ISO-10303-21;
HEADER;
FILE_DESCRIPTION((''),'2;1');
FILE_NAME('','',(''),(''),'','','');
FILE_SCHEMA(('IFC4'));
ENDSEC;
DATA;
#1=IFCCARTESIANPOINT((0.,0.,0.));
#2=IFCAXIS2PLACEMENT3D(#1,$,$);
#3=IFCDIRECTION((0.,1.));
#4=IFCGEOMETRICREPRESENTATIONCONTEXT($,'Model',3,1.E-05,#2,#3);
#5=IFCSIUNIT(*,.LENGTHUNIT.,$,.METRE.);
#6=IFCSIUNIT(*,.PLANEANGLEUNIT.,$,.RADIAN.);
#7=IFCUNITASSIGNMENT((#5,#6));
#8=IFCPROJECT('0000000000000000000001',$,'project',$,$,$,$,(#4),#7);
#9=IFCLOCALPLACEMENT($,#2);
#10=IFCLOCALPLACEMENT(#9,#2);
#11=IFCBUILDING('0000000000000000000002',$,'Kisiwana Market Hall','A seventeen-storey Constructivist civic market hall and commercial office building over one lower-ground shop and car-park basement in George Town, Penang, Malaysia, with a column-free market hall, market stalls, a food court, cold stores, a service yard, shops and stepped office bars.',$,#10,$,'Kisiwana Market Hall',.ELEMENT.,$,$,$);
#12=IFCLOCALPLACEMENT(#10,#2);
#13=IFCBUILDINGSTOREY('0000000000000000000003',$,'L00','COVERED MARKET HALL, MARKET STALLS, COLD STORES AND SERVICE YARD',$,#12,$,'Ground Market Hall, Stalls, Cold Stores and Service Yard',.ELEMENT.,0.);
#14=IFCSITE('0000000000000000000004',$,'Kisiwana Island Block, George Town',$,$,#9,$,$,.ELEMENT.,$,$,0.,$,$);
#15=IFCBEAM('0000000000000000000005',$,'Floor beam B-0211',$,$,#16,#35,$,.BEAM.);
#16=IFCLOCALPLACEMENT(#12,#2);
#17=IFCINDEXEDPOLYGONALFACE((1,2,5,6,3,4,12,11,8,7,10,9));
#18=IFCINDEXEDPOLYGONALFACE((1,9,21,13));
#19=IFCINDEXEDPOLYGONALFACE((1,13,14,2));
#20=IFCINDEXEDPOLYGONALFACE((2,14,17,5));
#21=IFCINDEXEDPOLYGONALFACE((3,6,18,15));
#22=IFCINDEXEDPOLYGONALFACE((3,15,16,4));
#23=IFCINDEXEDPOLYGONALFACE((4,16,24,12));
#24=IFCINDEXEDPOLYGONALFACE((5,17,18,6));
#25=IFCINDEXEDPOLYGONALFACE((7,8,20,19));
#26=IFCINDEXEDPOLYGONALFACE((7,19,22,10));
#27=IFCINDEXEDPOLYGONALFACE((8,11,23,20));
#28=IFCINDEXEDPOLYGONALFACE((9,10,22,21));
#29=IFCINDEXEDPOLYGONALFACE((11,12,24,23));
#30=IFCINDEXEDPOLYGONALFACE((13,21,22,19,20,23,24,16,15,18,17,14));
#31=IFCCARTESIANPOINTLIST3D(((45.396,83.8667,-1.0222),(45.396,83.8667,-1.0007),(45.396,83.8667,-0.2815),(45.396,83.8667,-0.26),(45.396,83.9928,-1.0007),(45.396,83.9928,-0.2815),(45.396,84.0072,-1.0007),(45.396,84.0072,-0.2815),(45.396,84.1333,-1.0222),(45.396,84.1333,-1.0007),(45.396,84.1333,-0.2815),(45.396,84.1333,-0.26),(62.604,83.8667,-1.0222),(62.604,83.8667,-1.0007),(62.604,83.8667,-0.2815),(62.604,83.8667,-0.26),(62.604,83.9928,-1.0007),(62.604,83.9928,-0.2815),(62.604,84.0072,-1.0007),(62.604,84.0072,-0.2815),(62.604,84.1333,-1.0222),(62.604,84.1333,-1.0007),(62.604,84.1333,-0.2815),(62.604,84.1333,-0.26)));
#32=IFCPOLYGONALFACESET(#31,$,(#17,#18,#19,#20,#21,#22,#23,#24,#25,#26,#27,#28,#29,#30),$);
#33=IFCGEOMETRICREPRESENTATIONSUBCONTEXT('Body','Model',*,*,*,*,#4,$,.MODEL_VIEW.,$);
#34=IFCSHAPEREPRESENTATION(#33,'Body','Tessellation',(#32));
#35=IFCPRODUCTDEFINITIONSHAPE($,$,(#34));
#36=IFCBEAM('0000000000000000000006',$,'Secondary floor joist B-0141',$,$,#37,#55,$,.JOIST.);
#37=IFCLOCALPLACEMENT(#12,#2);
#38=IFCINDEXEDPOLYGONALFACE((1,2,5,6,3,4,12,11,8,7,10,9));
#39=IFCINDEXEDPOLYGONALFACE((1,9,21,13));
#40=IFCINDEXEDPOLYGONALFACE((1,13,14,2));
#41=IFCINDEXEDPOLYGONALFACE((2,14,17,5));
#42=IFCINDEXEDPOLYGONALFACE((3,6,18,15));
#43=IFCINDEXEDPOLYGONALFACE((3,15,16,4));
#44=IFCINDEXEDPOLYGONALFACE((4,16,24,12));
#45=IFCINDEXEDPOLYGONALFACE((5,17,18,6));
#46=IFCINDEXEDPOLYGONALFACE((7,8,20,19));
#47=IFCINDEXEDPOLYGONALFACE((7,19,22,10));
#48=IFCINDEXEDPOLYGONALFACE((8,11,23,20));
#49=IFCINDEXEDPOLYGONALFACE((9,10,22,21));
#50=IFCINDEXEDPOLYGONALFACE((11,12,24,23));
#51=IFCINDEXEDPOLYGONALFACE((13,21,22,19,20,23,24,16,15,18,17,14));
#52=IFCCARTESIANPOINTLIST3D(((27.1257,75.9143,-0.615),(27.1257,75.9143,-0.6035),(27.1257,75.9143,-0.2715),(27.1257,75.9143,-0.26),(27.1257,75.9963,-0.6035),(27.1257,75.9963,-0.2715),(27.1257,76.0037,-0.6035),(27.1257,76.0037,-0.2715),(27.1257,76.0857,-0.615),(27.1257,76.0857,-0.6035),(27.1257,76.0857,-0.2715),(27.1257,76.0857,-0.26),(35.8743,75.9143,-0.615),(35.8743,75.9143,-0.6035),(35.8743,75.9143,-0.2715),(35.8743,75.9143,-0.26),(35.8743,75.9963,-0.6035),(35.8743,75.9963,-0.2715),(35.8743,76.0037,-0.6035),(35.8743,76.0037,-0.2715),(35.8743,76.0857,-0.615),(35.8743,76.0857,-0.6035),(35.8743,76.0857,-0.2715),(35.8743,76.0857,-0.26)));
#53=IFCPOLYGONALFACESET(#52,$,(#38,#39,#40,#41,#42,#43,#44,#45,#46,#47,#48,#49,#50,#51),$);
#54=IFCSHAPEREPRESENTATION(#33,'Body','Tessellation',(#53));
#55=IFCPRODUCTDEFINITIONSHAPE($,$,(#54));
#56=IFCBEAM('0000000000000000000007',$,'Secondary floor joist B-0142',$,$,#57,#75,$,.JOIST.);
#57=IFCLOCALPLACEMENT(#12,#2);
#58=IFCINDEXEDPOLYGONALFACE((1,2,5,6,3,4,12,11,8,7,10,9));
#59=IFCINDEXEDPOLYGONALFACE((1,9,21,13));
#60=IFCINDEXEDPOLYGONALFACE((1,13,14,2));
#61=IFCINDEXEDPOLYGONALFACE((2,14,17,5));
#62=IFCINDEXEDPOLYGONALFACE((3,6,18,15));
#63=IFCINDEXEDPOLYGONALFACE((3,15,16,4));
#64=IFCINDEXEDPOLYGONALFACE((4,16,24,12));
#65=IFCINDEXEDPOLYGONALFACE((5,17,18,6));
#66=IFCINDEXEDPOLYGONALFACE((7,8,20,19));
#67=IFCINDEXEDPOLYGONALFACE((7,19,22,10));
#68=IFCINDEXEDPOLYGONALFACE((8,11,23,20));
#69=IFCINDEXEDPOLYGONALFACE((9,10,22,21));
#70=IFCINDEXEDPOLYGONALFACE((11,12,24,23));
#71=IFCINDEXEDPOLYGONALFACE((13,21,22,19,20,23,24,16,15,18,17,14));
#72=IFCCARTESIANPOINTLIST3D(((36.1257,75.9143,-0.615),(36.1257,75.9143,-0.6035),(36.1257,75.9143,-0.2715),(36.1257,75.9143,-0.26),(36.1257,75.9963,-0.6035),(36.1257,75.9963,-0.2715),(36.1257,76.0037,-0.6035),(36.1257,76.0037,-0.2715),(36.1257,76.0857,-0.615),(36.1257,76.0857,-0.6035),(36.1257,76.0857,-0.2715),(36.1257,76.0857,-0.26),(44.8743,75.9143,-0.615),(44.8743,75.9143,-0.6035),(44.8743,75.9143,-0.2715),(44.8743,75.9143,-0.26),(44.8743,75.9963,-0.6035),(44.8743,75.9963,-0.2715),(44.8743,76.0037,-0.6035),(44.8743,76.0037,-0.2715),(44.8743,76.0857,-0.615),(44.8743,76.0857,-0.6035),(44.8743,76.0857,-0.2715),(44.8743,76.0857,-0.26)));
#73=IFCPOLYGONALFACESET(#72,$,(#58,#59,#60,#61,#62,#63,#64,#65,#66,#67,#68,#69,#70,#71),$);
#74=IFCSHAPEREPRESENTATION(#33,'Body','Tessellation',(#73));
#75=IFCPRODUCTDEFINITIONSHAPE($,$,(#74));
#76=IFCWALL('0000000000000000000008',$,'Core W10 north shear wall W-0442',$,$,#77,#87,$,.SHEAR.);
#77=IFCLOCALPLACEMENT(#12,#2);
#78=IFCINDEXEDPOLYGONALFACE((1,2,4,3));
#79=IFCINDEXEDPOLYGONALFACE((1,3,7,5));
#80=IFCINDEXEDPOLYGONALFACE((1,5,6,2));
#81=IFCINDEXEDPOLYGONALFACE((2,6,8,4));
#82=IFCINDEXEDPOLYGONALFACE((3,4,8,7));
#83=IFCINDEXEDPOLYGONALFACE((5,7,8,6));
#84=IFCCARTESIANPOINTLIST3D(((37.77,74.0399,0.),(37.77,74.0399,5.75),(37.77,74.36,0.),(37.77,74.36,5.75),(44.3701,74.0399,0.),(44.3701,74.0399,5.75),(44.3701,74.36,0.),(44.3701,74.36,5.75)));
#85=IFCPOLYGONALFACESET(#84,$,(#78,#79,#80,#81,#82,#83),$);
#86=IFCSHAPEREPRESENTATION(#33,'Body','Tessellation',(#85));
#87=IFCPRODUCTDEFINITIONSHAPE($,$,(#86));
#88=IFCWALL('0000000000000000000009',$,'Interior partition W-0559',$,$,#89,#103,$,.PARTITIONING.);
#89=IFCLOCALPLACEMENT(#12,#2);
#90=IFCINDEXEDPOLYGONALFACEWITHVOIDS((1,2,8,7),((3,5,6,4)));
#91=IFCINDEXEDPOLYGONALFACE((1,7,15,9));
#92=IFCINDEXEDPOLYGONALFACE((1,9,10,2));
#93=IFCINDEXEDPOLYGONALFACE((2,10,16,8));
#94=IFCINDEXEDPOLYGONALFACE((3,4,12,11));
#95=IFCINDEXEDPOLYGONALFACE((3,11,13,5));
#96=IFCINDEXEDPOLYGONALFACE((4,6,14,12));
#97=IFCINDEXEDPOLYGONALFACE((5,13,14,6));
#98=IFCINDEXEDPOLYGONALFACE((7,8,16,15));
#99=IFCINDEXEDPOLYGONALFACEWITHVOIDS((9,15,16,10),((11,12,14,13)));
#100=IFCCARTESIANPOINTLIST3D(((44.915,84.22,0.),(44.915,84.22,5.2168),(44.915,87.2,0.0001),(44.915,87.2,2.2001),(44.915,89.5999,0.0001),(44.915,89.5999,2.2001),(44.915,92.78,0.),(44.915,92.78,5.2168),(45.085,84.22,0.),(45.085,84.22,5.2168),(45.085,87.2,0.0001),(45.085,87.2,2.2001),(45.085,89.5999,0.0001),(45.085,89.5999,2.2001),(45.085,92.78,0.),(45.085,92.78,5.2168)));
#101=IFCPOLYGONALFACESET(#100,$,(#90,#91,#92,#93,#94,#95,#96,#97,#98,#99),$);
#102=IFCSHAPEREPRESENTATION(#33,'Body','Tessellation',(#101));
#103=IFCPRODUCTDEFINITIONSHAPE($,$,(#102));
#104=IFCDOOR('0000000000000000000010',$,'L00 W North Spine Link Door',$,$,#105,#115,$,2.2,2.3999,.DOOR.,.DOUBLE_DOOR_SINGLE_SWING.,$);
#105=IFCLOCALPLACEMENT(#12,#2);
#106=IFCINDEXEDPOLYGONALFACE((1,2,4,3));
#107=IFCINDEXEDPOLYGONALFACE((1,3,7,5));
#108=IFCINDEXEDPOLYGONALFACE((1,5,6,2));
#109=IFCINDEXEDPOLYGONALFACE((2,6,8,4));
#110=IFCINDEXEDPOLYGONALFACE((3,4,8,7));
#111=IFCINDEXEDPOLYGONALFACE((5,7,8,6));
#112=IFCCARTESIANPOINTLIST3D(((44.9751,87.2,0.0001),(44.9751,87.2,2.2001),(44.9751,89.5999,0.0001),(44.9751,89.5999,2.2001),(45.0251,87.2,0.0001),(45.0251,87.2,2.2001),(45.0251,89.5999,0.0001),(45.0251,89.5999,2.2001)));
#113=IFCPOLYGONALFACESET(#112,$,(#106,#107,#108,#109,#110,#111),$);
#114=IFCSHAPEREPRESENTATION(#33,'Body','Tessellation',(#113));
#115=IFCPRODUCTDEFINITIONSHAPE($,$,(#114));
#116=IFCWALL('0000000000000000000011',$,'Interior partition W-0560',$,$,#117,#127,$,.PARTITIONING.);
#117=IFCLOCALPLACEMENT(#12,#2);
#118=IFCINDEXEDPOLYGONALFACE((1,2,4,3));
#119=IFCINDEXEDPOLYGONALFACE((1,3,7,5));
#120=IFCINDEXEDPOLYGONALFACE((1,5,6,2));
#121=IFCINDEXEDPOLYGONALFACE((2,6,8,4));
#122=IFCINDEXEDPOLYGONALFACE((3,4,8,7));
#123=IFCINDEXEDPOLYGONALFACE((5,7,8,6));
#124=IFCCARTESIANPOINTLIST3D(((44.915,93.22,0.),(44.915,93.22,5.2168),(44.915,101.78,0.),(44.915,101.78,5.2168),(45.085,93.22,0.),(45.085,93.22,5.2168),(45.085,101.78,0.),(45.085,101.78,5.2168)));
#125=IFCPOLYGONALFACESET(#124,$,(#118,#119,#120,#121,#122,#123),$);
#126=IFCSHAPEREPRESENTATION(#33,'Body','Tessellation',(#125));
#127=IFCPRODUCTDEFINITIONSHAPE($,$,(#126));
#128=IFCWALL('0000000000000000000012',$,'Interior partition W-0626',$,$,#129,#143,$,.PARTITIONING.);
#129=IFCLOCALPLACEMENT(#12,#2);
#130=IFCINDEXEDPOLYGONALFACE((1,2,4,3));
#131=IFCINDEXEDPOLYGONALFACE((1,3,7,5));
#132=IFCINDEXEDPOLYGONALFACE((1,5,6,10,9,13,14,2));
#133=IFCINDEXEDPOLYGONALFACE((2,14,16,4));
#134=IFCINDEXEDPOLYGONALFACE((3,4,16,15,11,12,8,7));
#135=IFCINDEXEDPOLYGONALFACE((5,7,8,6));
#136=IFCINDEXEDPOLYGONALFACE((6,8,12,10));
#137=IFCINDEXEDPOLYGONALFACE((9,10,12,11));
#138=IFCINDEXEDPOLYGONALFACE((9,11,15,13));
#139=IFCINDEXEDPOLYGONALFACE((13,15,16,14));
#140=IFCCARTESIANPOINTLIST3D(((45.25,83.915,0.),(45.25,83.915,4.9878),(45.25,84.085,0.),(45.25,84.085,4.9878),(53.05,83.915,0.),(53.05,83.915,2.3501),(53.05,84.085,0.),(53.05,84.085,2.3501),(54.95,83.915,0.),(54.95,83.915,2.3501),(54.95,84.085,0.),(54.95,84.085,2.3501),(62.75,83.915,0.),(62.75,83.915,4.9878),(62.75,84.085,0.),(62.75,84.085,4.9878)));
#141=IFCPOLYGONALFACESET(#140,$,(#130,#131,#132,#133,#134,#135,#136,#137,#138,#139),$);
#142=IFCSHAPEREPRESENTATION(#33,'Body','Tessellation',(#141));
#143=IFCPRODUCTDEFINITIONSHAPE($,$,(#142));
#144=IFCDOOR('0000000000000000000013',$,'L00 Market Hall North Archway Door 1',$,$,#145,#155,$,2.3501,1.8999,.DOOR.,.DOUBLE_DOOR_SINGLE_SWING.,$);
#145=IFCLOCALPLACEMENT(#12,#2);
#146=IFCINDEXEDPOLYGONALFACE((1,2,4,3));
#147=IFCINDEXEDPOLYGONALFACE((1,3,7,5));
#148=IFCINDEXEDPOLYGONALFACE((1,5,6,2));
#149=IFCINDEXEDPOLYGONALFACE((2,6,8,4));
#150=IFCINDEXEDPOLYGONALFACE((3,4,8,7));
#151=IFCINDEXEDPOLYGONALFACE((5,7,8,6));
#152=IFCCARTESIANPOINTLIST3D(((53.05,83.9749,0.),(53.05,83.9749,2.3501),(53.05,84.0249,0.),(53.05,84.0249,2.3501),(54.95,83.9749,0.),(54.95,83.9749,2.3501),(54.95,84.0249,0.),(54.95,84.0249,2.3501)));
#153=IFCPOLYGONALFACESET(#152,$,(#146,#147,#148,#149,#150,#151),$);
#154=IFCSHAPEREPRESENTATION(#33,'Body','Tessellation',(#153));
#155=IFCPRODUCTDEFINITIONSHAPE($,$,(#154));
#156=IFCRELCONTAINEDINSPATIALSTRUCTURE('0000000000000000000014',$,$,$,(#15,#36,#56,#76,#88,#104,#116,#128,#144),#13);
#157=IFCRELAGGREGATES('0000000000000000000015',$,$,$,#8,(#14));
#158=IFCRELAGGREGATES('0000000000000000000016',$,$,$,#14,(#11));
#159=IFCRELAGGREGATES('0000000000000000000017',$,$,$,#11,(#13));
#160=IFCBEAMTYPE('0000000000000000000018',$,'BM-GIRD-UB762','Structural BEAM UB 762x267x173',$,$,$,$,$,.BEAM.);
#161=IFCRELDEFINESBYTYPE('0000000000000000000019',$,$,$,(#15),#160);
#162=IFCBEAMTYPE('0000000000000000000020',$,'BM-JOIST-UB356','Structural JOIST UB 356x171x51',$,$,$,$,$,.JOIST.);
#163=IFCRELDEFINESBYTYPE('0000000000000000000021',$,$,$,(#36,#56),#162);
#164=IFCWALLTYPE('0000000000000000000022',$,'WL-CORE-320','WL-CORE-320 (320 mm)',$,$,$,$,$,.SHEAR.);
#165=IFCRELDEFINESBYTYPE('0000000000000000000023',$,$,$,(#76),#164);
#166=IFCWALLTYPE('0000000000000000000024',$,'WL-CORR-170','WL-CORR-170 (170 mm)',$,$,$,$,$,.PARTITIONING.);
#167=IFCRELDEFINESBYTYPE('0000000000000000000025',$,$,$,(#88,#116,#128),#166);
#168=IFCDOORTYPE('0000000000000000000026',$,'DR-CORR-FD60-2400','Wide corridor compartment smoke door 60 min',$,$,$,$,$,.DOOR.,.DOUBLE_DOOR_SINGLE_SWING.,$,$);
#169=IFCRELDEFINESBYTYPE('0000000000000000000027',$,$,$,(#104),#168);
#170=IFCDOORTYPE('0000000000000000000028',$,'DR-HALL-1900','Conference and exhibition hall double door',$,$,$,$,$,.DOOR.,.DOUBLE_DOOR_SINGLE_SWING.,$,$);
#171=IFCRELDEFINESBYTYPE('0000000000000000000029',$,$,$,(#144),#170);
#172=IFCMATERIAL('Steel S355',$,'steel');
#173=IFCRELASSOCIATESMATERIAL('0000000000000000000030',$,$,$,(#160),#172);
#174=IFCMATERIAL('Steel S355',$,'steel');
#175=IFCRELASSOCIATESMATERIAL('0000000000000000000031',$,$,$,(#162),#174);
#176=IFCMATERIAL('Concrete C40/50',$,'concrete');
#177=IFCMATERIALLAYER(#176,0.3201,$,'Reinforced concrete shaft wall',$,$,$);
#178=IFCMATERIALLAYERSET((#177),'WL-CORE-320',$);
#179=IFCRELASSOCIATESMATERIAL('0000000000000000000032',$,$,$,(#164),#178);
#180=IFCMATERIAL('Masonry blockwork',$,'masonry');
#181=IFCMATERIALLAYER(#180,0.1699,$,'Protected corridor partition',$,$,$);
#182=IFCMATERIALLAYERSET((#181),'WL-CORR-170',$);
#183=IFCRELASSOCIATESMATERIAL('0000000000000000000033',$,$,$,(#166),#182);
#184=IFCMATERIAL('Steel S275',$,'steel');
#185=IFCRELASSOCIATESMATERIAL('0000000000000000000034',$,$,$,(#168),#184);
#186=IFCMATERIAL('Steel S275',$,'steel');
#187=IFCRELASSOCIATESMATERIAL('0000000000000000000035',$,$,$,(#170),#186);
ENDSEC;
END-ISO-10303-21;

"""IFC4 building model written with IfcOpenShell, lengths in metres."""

from ifc_helpers import new_model, si_unit, direction, frame, frame_2d, origin, origin_2d, place, context, subcontext, project, spatial, rectangle, i_section, extrude, material, layer, layer_set, material_profile, profile_set, type_object, element, fill, save


model = new_model("IFC4")

# Units and contexts
model_context = context("Model", 3, precision=1e-05, world=origin(), true_north=direction((0.0, 1.0)))
body_context = subcontext(model_context, "Body", "Model", "MODEL_VIEW")
ifc_project = project(units=[si_unit("LENGTHUNIT", "METRE"), si_unit("PLANEANGLEUNIT", "RADIAN")], contexts=[model_context])

# Site, building, storey
site_placement = place(None, origin())
site = spatial("IfcSite", under=ifc_project, at=site_placement, Name="Kisiwana Island Block, George Town", CompositionType="ELEMENT", RefElevation=0.0)
building_placement = place(site_placement, origin())
building = spatial("IfcBuilding", under=site, at=building_placement, Name="Kisiwana Market Hall", Description="A seventeen-storey Constructivist civic market hall and commercial office building over one lower-ground shop and car-park basement in George Town, Penang, Malaysia, with a column-free market hall, market stalls, a food court, cold stores, a service yard, shops and stepped office bars.", LongName="Kisiwana Market Hall", CompositionType="ELEMENT")
storey_placement = place(building_placement, origin())
storey = spatial("IfcBuildingStorey", under=building, at=storey_placement, Name="L00", Description="COVERED MARKET HALL, MARKET STALLS, COLD STORES AND SERVICE YARD", LongName="Ground Market Hall, Stalls, Cold Stores and Service Yard", CompositionType="ELEMENT", Elevation=0.0)

# Beams
ifc_material_1 = material(Name="Steel S355", Category="steel")
ifc_material_profile_1 = material_profile(ifc_material_1, i_section(OverallWidth=0.2666, OverallDepth=0.7622, WebThickness=0.0144, FlangeThickness=0.0215, at=origin_2d()), Name="UB 762x267x173")
ifc_profile_set_1 = profile_set([ifc_material_profile_1], Name="Steel S355")
beam_type_1 = type_object("IfcBeamType", Name="BM-GIRD-UB762", Description="Structural BEAM UB 762x267x173", PredefinedType="BEAM", material=ifc_profile_set_1)
beam_1_placement = place(storey_placement, frame((45.396, 84.0, -0.6411), z_axis=(1.0, 0.0, 0.0), x_axis=(0.0, 1.0, 0.0)))
element("IfcBeam", 1, at=beam_1_placement, inside=storey, type_object=beam_type_1, Name="Floor beam B-0211", PredefinedType="BEAM", context=body_context, shape_type="SweptSolid", body=[
    extrude(i_section(OverallWidth=0.2666, OverallDepth=0.7622, WebThickness=0.0144, FlangeThickness=0.0215, at=origin_2d()), origin(), (0.0, 0.0, 1.0), 17.208),
])
ifc_material_2 = material(Name="Steel S355", Category="steel")
ifc_material_profile_2 = material_profile(ifc_material_2, i_section(OverallWidth=0.1714, OverallDepth=0.355, WebThickness=0.0073, FlangeThickness=0.0115, at=origin_2d()), Name="UB 356x171x51")
ifc_profile_set_2 = profile_set([ifc_material_profile_2], Name="Steel S355")
beam_type_2 = type_object("IfcBeamType", Name="BM-JOIST-UB356", Description="Structural JOIST UB 356x171x51", PredefinedType="JOIST", material=ifc_profile_set_2)
for number, where, z_axis, x_axis, name in (
    (2, (27.1257, 76.0, -0.4375), (1.0, 0.0, 0.0), (0.0, 1.0, 0.0), "Secondary floor joist B-0141"),
    (3, (36.1257, 76.0, -0.4375), (1.0, 0.0, 0.0), (0.0, 1.0, 0.0), "Secondary floor joist B-0142"),
):
    element("IfcBeam", number, at=place(storey_placement, frame(where, z_axis=z_axis, x_axis=x_axis)), inside=storey, type_object=beam_type_2, Name=name, PredefinedType="JOIST", context=body_context, shape_type="SweptSolid", body=[
        extrude(i_section(OverallWidth=0.1714, OverallDepth=0.355, WebThickness=0.0073, FlangeThickness=0.0115, at=origin_2d()), origin(), (0.0, 0.0, 1.0), 8.7485),
    ])

# Wall
ifc_material_3 = material(Name="Concrete C40/50", Category="concrete")
ifc_layer_1 = layer(ifc_material_3, 0.3201, Name="Reinforced concrete shaft wall")
ifc_layer_set_1 = layer_set([ifc_layer_1], Name="WL-CORE-320")
wall_type_1 = type_object("IfcWallType", Name="WL-CORE-320", Description="WL-CORE-320 (320 mm)", PredefinedType="SHEAR", material=ifc_layer_set_1)
wall_1_placement = place(storey_placement, frame((37.77, 74.2, 0.0), z_axis=(0.0, 0.0, 1.0), x_axis=(1.0, 0.0, 0.0)))
element("IfcWall", 4, at=wall_1_placement, inside=storey, type_object=wall_type_1, Name="Core W10 north shear wall W-0442", PredefinedType="SHEAR", context=body_context, shape_type="SweptSolid", body=[
    extrude(rectangle(XDim=6.6001, YDim=0.3201, at=frame_2d((3.3, 0.0))), origin(), (0.0, 0.0, 1.0), 5.75),
])

# Wall, opening, door
ifc_material_4 = material(Name="Masonry blockwork", Category="masonry")
ifc_layer_2 = layer(ifc_material_4, 0.1699, Name="Protected corridor partition")
ifc_layer_set_2 = layer_set([ifc_layer_2], Name="WL-CORR-170")
wall_type_2 = type_object("IfcWallType", Name="WL-CORR-170", Description="WL-CORR-170 (170 mm)", PredefinedType="PARTITIONING", material=ifc_layer_set_2)
wall_2_placement = place(storey_placement, frame((45.0, 84.22, 0.0), z_axis=(0.0, 0.0, 1.0), x_axis=(0.0, 1.0, 0.0)))
wall_2 = element("IfcWall", 5, at=wall_2_placement, inside=storey, type_object=wall_type_2, Name="Interior partition W-0559", PredefinedType="PARTITIONING", context=body_context, shape_type="SweptSolid", body=[
    extrude(rectangle(XDim=8.5601, YDim=0.1699, at=frame_2d((4.28, 0.0))), origin(), (0.0, 0.0, 1.0), 5.2168),
])
opening_1_placement = place(wall_2_placement, frame((2.98, 0.0, 0.0)))
opening_1 = element("IfcOpeningElement", 6, at=opening_1_placement, cuts=wall_2, PredefinedType="OPENING", context=body_context, shape_type="SweptSolid", body=[
    extrude(rectangle(XDim=2.3999, YDim=2.2, at=frame_2d((1.2, 1.1001))), frame((0.0, 0.0969, 0.0), z_axis=(0.0, -1.0, 0.0), x_axis=(1.0, 0.0, 0.0)), (0.0, 0.0, 1.0), 0.1938),
])
ifc_material_5 = material(Name="Steel S275", Category="steel")
door_type_1 = type_object("IfcDoorType", Name="DR-CORR-FD60-2400", Description="Wide corridor compartment smoke door 60 min", OperationType="DOUBLE_DOOR_SINGLE_SWING", PredefinedType="DOOR", material=ifc_material_5)
door_1_placement = place(opening_1_placement, origin())
door_1 = element("IfcDoor", 7, at=door_1_placement, inside=storey, type_object=door_type_1, Name="L00 W North Spine Link Door", OperationType="DOUBLE_DOOR_SINGLE_SWING", OverallHeight=2.2, OverallWidth=2.3999, PredefinedType="DOOR", context=body_context, shape_type="SweptSolid", body=[
    extrude(rectangle(XDim=2.3999, YDim=2.2, at=frame_2d((1.2, 1.1001))), frame((0.0, 0.0249, 0.0), z_axis=(0.0, -1.0, 0.0), x_axis=(1.0, 0.0, 0.0)), (0.0, 0.0, 1.0), 0.05),
])
fill(opening_1, door_1)

# Wall
wall_3_placement = place(storey_placement, frame((45.0, 93.22, 0.0), z_axis=(0.0, 0.0, 1.0), x_axis=(0.0, 1.0, 0.0)))
element("IfcWall", 8, at=wall_3_placement, inside=storey, type_object=wall_type_2, Name="Interior partition W-0560", PredefinedType="PARTITIONING", context=body_context, shape_type="SweptSolid", body=[
    extrude(rectangle(XDim=8.5601, YDim=0.1699, at=frame_2d((4.28, 0.0))), origin(), (0.0, 0.0, 1.0), 5.2168),
])

# Wall, opening, door
wall_4_placement = place(storey_placement, frame((45.25, 84.0, 0.0), z_axis=(0.0, 0.0, 1.0), x_axis=(1.0, 0.0, 0.0)))
wall_4 = element("IfcWall", 9, at=wall_4_placement, inside=storey, type_object=wall_type_2, Name="Interior partition W-0626", PredefinedType="PARTITIONING", context=body_context, shape_type="SweptSolid", body=[
    extrude(rectangle(XDim=17.5, YDim=0.1699, at=frame_2d((8.75, 0.0))), origin(), (0.0, 0.0, 1.0), 4.9878),
])
opening_2_placement = place(wall_4_placement, frame((7.8, 0.0, 0.0)))
opening_2 = element("IfcOpeningElement", 10, at=opening_2_placement, cuts=wall_4, PredefinedType="OPENING", context=body_context, shape_type="SweptSolid", body=[
    extrude(rectangle(XDim=1.8999, YDim=2.3501, at=frame_2d((0.95, 1.175))), frame((0.0, 0.0969, 0.0), z_axis=(0.0, -1.0, 0.0), x_axis=(1.0, 0.0, 0.0)), (0.0, 0.0, 1.0), 0.1938),
])
ifc_material_6 = material(Name="Steel S275", Category="steel")
door_type_2 = type_object("IfcDoorType", Name="DR-HALL-1900", Description="Conference and exhibition hall double door", OperationType="DOUBLE_DOOR_SINGLE_SWING", PredefinedType="DOOR", material=ifc_material_6)
door_2_placement = place(opening_2_placement, origin())
door_2 = element("IfcDoor", 11, at=door_2_placement, inside=storey, type_object=door_type_2, Name="L00 Market Hall North Archway Door 1", OperationType="DOUBLE_DOOR_SINGLE_SWING", OverallHeight=2.3501, OverallWidth=1.8999, PredefinedType="DOOR", context=body_context, shape_type="SweptSolid", body=[
    extrude(rectangle(XDim=1.8999, YDim=2.3501, at=frame_2d((0.95, 1.175))), frame((0.0, 0.0249, 0.0), z_axis=(0.0, -1.0, 0.0), x_axis=(1.0, 0.0, 0.0)), (0.0, 0.0, 1.0), 0.05),
])
fill(opening_2, door_2)

save(model, "model.ifc")
